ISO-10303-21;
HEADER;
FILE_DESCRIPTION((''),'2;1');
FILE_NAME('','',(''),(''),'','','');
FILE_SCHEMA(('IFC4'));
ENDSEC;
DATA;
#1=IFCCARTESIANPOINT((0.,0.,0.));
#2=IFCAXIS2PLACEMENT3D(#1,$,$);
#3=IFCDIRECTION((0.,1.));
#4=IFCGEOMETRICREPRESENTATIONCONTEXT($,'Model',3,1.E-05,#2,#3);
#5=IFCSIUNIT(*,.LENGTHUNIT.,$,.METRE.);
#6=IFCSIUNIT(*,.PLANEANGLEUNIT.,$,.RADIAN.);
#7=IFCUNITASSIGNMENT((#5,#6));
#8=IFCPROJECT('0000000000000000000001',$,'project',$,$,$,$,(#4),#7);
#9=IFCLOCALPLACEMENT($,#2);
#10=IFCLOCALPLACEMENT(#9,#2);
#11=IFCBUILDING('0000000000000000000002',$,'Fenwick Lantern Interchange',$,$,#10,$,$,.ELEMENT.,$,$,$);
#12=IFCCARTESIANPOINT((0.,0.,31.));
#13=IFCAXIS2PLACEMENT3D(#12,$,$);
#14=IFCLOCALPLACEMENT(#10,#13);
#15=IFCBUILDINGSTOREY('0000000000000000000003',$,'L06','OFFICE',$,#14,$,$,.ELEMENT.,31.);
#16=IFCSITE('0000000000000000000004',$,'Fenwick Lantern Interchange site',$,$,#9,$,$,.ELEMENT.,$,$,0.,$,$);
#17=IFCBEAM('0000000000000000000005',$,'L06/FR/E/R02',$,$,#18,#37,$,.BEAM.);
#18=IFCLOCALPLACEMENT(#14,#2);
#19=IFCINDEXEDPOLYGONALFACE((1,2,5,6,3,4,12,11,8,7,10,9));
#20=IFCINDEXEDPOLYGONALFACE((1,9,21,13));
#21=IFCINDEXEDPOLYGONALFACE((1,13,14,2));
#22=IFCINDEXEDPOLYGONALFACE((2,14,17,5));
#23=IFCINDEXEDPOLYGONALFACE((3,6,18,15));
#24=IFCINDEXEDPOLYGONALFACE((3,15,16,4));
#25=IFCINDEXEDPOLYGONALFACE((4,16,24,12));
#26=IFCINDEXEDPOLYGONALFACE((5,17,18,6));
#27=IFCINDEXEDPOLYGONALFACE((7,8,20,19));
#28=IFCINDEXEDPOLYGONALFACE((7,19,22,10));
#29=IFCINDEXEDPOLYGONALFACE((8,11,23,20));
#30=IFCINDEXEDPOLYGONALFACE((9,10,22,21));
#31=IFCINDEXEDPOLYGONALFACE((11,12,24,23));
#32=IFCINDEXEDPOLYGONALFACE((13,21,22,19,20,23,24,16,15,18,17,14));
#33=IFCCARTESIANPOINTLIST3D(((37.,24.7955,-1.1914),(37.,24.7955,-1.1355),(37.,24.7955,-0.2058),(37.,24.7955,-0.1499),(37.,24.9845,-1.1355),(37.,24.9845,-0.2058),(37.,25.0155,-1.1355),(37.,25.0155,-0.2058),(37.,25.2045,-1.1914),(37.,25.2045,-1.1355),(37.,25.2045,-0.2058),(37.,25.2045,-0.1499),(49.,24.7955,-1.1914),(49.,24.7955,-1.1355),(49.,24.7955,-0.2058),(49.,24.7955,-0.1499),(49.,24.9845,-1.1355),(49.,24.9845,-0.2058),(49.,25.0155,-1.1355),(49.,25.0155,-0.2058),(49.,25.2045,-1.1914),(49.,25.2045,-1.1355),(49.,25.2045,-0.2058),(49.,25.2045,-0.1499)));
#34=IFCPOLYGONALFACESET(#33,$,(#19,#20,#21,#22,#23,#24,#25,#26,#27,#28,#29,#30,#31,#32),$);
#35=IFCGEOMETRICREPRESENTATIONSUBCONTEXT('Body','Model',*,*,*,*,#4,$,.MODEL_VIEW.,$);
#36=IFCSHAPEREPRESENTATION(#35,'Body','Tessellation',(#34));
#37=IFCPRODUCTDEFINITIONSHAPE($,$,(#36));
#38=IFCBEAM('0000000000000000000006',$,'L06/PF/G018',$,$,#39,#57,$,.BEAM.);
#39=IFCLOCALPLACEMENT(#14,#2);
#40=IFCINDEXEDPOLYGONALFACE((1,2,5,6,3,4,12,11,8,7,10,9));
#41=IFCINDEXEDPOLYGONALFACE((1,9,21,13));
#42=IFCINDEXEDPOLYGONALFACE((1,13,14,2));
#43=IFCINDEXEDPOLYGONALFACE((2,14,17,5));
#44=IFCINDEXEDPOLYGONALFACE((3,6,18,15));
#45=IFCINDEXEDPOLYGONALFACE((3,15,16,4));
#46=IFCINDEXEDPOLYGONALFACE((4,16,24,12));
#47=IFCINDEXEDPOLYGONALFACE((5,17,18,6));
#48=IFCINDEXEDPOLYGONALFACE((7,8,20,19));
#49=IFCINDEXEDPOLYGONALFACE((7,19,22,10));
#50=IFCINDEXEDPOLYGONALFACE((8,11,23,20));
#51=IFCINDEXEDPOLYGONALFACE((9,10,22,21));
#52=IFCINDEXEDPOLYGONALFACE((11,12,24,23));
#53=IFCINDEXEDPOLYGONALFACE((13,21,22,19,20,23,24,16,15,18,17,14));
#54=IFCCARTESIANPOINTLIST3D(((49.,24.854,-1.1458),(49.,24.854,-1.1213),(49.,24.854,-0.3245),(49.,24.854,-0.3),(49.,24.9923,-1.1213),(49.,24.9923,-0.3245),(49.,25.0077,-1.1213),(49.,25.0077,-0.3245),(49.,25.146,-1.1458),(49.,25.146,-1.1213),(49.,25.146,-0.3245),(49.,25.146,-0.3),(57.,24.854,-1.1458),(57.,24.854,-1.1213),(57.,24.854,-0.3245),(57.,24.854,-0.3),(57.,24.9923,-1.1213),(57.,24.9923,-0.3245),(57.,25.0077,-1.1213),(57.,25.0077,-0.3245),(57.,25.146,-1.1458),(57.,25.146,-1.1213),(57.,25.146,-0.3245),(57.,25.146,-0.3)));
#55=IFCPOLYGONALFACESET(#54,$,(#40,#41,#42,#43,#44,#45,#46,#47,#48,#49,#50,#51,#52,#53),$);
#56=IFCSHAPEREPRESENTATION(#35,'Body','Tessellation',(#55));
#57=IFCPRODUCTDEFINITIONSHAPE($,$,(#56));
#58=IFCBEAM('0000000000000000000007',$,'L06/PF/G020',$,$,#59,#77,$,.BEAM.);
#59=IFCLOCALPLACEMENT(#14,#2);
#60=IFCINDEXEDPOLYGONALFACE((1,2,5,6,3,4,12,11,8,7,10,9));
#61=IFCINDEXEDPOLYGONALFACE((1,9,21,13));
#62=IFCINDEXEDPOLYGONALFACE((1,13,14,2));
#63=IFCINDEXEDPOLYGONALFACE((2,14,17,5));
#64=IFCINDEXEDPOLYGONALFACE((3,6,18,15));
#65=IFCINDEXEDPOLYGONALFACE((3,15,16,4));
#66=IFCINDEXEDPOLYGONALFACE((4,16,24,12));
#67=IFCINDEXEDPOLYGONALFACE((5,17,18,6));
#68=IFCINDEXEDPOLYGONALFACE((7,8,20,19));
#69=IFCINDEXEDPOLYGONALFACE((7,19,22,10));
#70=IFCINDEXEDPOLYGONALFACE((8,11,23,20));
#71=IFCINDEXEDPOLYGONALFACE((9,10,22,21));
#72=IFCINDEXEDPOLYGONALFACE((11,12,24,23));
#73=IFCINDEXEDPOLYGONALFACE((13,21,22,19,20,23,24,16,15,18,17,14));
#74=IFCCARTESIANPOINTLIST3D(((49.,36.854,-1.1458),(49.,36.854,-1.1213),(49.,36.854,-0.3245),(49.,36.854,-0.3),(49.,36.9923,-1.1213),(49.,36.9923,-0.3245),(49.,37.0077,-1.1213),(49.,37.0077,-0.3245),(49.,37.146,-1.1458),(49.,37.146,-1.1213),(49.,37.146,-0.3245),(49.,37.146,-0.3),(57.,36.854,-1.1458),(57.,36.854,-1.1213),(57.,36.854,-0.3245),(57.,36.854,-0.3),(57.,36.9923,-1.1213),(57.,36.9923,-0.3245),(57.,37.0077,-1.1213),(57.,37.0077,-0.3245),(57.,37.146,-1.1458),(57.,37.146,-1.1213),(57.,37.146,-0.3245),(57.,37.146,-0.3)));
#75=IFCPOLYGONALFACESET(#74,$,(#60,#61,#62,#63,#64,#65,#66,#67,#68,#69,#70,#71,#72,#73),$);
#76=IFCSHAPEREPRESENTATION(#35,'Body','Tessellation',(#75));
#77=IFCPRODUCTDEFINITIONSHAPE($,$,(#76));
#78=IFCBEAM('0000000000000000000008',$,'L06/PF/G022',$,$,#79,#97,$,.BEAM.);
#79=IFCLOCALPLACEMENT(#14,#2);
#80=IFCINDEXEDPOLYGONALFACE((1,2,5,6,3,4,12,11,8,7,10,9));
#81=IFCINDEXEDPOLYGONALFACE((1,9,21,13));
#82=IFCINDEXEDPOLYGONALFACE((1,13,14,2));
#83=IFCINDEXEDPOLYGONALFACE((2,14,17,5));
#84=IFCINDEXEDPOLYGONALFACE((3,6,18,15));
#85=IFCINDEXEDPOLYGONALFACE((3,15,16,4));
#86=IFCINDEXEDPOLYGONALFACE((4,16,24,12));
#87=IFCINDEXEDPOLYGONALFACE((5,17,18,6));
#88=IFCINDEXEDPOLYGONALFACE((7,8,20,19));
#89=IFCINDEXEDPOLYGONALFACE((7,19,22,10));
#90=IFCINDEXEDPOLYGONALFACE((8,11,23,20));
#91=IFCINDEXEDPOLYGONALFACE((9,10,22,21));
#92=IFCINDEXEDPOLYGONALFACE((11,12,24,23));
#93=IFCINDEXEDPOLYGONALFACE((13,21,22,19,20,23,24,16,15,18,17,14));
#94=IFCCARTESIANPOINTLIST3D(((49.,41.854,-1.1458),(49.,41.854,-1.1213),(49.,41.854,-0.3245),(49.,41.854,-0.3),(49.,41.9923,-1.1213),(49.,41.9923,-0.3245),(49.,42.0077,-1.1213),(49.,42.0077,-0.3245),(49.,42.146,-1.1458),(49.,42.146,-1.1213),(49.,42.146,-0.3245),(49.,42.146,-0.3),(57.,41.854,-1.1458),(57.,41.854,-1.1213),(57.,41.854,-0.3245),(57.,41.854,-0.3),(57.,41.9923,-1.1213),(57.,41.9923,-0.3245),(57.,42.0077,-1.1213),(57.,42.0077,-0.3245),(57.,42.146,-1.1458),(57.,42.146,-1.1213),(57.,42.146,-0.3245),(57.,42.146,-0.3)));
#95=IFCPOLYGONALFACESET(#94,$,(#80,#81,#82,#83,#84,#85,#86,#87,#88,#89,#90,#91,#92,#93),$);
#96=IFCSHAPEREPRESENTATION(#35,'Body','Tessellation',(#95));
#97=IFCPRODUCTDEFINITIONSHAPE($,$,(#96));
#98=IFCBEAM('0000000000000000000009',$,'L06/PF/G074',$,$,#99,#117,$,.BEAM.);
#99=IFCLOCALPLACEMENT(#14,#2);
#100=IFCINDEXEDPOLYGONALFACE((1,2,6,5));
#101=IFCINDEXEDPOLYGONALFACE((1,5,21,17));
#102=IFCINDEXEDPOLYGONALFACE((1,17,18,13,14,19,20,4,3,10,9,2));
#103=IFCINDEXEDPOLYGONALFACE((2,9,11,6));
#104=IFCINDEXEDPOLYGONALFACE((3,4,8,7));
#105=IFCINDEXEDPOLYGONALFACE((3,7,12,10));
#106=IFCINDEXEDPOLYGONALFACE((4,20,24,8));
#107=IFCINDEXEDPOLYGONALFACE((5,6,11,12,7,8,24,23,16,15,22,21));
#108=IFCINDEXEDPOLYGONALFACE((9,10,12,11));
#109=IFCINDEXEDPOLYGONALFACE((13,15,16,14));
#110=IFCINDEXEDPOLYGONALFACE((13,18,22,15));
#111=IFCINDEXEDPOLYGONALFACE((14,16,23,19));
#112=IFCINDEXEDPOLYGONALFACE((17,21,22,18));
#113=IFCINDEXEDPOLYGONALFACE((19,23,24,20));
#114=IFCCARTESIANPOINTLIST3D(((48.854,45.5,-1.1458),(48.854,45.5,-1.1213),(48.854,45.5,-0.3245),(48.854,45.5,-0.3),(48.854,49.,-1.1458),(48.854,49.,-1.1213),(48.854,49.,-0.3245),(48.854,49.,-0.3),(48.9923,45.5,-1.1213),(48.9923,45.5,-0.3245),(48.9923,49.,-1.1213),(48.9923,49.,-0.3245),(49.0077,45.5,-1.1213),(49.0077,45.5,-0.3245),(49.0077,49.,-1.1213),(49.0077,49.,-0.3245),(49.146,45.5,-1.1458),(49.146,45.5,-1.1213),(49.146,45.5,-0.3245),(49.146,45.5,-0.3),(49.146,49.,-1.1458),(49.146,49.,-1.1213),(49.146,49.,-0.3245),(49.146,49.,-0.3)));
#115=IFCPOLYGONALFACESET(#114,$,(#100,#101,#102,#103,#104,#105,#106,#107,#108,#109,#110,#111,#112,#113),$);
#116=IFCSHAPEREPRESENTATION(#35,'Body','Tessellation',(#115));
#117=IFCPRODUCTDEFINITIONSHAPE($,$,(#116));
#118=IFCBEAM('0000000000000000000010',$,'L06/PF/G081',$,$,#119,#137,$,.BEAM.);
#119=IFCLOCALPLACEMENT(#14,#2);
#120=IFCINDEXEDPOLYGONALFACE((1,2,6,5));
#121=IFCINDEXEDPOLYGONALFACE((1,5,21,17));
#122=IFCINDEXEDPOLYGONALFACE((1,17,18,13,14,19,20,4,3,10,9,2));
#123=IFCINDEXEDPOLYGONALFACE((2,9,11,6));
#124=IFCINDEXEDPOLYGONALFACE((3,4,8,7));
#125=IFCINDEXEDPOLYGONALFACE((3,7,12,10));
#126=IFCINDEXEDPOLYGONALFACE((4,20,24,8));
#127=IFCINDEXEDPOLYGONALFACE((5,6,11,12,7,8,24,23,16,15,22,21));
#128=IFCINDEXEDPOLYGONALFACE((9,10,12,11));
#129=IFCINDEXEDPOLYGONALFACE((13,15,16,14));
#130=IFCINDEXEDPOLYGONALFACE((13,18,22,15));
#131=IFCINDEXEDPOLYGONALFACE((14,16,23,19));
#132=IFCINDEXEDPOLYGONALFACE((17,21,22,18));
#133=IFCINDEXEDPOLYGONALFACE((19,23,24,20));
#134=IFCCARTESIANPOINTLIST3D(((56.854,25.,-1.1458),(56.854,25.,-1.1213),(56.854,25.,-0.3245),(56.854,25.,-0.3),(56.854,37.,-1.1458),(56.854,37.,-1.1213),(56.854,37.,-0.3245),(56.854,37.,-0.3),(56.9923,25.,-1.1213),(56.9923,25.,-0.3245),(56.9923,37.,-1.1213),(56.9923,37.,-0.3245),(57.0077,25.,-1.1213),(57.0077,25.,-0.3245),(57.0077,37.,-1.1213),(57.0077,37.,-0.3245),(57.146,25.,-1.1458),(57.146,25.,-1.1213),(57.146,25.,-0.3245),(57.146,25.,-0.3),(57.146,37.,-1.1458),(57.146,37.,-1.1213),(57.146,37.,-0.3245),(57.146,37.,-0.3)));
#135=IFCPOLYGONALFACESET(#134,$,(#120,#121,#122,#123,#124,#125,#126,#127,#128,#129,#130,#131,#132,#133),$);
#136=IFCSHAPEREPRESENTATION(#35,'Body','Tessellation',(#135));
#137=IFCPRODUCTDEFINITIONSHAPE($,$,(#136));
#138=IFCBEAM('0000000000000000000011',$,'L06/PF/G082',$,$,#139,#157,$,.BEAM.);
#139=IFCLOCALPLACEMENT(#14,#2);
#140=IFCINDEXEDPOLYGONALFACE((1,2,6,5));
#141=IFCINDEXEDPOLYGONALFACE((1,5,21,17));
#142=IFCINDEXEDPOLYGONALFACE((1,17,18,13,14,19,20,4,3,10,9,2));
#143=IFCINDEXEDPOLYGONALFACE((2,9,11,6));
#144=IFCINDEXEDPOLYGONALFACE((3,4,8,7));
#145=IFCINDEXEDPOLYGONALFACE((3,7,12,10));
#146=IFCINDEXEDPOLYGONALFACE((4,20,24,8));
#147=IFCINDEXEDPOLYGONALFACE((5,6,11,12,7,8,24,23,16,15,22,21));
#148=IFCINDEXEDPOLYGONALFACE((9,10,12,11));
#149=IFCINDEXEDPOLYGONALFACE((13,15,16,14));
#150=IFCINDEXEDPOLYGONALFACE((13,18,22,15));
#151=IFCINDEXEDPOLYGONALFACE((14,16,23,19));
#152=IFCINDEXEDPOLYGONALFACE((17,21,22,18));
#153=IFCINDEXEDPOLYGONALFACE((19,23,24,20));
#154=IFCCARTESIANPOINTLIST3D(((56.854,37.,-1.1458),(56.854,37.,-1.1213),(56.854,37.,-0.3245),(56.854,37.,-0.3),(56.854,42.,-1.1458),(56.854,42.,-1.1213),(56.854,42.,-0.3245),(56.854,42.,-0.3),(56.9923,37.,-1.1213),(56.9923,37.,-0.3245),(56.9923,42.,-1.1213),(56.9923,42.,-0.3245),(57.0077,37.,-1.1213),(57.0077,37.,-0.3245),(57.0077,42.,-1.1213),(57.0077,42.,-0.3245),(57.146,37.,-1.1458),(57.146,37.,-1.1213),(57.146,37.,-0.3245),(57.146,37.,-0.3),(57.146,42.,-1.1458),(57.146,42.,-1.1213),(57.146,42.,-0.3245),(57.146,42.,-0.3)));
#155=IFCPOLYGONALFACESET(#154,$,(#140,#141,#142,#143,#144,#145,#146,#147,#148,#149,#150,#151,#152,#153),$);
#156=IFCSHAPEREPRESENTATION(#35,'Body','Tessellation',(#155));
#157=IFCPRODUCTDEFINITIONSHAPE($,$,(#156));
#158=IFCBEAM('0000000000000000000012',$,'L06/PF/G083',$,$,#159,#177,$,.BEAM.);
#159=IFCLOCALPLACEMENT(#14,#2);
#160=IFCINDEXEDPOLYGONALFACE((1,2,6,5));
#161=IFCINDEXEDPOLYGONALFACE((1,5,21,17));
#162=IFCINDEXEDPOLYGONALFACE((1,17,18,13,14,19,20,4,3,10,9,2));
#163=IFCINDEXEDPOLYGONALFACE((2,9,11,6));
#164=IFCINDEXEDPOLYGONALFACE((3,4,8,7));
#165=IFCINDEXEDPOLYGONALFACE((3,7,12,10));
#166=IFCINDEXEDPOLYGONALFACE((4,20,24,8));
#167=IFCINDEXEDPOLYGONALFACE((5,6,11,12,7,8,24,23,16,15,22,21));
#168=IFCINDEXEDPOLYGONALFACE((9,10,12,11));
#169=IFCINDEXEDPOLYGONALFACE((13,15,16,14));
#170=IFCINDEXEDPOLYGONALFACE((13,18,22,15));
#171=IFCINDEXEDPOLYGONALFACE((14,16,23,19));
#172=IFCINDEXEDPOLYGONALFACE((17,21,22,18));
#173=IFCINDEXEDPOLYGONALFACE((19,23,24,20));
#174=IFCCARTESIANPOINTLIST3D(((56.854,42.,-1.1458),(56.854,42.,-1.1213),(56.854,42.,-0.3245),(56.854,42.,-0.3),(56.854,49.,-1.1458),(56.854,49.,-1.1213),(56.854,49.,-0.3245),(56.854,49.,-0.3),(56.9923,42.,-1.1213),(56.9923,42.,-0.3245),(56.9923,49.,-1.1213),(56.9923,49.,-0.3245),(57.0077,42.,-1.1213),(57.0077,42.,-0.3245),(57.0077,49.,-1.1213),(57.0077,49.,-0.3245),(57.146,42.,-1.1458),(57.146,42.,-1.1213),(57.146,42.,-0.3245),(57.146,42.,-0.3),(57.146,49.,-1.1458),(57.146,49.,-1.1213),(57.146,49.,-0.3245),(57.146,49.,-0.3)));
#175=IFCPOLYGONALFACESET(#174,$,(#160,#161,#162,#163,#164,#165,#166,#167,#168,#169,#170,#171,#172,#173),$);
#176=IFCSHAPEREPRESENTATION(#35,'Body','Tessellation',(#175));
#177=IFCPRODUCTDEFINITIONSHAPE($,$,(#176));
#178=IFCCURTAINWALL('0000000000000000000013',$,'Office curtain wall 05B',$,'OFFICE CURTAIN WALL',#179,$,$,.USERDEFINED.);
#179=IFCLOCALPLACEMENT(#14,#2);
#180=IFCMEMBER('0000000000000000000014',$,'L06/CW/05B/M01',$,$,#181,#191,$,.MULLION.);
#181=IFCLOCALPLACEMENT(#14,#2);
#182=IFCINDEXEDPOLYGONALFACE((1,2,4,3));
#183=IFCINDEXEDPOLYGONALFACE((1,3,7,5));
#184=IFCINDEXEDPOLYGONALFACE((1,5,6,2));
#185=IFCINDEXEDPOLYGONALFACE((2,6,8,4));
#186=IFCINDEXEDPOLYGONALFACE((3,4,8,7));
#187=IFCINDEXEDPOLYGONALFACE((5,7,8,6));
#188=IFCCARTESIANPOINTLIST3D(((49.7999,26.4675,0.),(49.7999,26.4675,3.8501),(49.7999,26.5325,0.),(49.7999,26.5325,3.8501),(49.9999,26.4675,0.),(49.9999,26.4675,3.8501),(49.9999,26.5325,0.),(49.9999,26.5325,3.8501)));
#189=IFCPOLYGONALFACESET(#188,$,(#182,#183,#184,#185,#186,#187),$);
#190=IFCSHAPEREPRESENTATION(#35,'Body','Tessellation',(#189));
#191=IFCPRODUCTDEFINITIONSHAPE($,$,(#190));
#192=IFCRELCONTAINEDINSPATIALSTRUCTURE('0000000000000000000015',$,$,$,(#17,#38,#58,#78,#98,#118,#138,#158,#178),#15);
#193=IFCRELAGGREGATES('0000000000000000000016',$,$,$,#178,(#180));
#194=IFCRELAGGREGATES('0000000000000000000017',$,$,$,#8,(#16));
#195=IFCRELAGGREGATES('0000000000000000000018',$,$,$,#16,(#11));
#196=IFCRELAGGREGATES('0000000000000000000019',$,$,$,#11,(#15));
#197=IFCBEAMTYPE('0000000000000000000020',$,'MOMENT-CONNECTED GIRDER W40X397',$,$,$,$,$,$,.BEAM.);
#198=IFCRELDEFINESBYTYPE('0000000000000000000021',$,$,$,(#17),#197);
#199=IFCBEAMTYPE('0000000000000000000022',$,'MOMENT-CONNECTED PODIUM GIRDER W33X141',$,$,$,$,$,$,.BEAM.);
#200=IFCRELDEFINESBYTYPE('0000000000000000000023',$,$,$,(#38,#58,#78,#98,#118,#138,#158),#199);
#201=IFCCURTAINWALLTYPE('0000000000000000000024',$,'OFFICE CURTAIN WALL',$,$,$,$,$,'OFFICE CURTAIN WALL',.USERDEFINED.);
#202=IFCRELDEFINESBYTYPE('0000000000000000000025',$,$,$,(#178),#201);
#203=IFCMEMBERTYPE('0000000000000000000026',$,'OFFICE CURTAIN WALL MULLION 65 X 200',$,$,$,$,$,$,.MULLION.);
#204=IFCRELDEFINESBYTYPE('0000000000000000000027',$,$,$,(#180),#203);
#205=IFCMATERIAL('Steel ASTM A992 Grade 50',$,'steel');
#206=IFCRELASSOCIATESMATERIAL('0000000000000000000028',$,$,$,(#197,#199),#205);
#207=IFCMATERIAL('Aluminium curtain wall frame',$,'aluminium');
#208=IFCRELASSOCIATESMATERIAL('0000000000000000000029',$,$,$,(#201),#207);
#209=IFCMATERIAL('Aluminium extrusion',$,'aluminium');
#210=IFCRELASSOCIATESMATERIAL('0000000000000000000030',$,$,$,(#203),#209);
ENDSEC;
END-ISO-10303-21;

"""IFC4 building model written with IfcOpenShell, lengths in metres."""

from ifc_helpers import new_model, si_unit, direction, frame, origin, origin_2d, place, context, subcontext, project, spatial, rectangle, i_section, extrude, material, material_profile, profile_set, type_object, element, aggregate, save


model = new_model("IFC4")

# Units and contexts
model_context = context("Model", 3, precision=1e-05, world=origin(), true_north=direction((0.0, 1.0)))
body_context = subcontext(model_context, "Body", "Model", "MODEL_VIEW")
ifc_project = project(units=[si_unit("LENGTHUNIT", "METRE"), si_unit("PLANEANGLEUNIT", "RADIAN")], contexts=[model_context])

# Site, building, storey
site_placement = place(None, origin())
site = spatial("IfcSite", under=ifc_project, at=site_placement, Name="Fenwick Lantern Interchange site", CompositionType="ELEMENT", RefElevation=0.0)
building_placement = place(site_placement, origin())
building = spatial("IfcBuilding", under=site, at=building_placement, Name="Fenwick Lantern Interchange", CompositionType="ELEMENT")
storey_placement = place(building_placement, frame((0.0, 0.0, 31.0)))
storey = spatial("IfcBuildingStorey", under=building, at=storey_placement, Name="L06", Description="OFFICE", CompositionType="ELEMENT", Elevation=31.0)

# Shared definitions
ifc_material_1 = material(Name="Steel ASTM A992 Grade 50", Category="steel")

# Beams
ifc_material_profile_1 = material_profile(ifc_material_1, i_section(OverallWidth=0.4089, OverallDepth=1.0415, WebThickness=0.031, FlangeThickness=0.0559, at=origin_2d()), Name="W40X397")
ifc_profile_set_1 = profile_set([ifc_material_profile_1], Name="Steel ASTM A992 Grade 50")
beam_type_1 = type_object("IfcBeamType", Name="MOMENT-CONNECTED GIRDER W40X397", PredefinedType="BEAM", material=ifc_profile_set_1)
beam_1_placement = place(storey_placement, frame((49.0, 25.0, -0.6707), z_axis=(-1.0, 0.0, 0.0), x_axis=(0.0, -1.0, 0.0)))
element("IfcBeam", 1, at=beam_1_placement, inside=storey, type_object=beam_type_1, Name="L06/FR/E/R02", PredefinedType="BEAM", context=body_context, shape_type="SweptSolid", body=[
    extrude(i_section(OverallWidth=0.4089, OverallDepth=1.0415, WebThickness=0.031, FlangeThickness=0.0559, at=origin_2d()), origin(), (0.0, 0.0, 1.0), 12.0),
])
ifc_material_profile_2 = material_profile(ifc_material_1, i_section(OverallWidth=0.292, OverallDepth=0.8457, WebThickness=0.0154, FlangeThickness=0.0244, at=origin_2d()), Name="W33X141")
ifc_profile_set_2 = profile_set([ifc_material_profile_2], Name="Steel ASTM A992 Grade 50")
beam_type_2 = type_object("IfcBeamType", Name="MOMENT-CONNECTED PODIUM GIRDER W33X141", PredefinedType="BEAM", material=ifc_profile_set_2)
for number, where, z_axis, x_axis, name in (
    (2, (49.0, 25.0, -0.7229), (1.0, 0.0, 0.0), (0.0, 1.0, 0.0), "L06/PF/G018"),
    (3, (49.0, 37.0, -0.7229), (1.0, 0.0, 0.0), (0.0, 1.0, 0.0), "L06/PF/G020"),
    (4, (49.0, 42.0, -0.7229), (1.0, 0.0, 0.0), (0.0, 1.0, 0.0), "L06/PF/G022"),
):
    element("IfcBeam", number, at=place(storey_placement, frame(where, z_axis=z_axis, x_axis=x_axis)), inside=storey, type_object=beam_type_2, Name=name, PredefinedType="BEAM", context=body_context, shape_type="SweptSolid", body=[
        extrude(i_section(OverallWidth=0.292, OverallDepth=0.8457, WebThickness=0.0154, FlangeThickness=0.0244, at=origin_2d()), origin(), (0.0, 0.0, 1.0), 8.0),
    ])
beam_2_placement = place(storey_placement, frame((49.0, 45.5, -0.7229), z_axis=(0.0, 1.0, 0.0), x_axis=(-1.0, 0.0, 0.0)))
element("IfcBeam", 5, at=beam_2_placement, inside=storey, type_object=beam_type_2, Name="L06/PF/G074", PredefinedType="BEAM", context=body_context, shape_type="SweptSolid", body=[
    extrude(i_section(OverallWidth=0.292, OverallDepth=0.8457, WebThickness=0.0154, FlangeThickness=0.0244, at=origin_2d()), origin(), (0.0, 0.0, 1.0), 3.5),
])
beam_3_placement = place(storey_placement, frame((57.0, 25.0, -0.7229), z_axis=(0.0, 1.0, 0.0), x_axis=(-1.0, 0.0, 0.0)))
element("IfcBeam", 6, at=beam_3_placement, inside=storey, type_object=beam_type_2, Name="L06/PF/G081", PredefinedType="BEAM", context=body_context, shape_type="SweptSolid", body=[
    extrude(i_section(OverallWidth=0.292, OverallDepth=0.8457, WebThickness=0.0154, FlangeThickness=0.0244, at=origin_2d()), origin(), (0.0, 0.0, 1.0), 12.0),
])
beam_4_placement = place(storey_placement, frame((57.0, 37.0, -0.7229), z_axis=(0.0, 1.0, 0.0), x_axis=(-1.0, 0.0, 0.0)))
element("IfcBeam", 7, at=beam_4_placement, inside=storey, type_object=beam_type_2, Name="L06/PF/G082", PredefinedType="BEAM", context=body_context, shape_type="SweptSolid", body=[
    extrude(i_section(OverallWidth=0.292, OverallDepth=0.8457, WebThickness=0.0154, FlangeThickness=0.0244, at=origin_2d()), origin(), (0.0, 0.0, 1.0), 5.0),
])
beam_5_placement = place(storey_placement, frame((57.0, 42.0, -0.7229), z_axis=(0.0, 1.0, 0.0), x_axis=(-1.0, 0.0, 0.0)))
element("IfcBeam", 8, at=beam_5_placement, inside=storey, type_object=beam_type_2, Name="L06/PF/G083", PredefinedType="BEAM", context=body_context, shape_type="SweptSolid", body=[
    extrude(i_section(OverallWidth=0.292, OverallDepth=0.8457, WebThickness=0.0154, FlangeThickness=0.0244, at=origin_2d()), origin(), (0.0, 0.0, 1.0), 7.0),
])

# Curtain wall, member
ifc_material_2 = material(Name="Aluminium curtain wall frame", Category="aluminium")
curtain_wall_type = type_object("IfcCurtainWallType", Name="OFFICE CURTAIN WALL", ElementType="OFFICE CURTAIN WALL", PredefinedType="USERDEFINED", material=ifc_material_2)
curtain_wall_1_placement = place(storey_placement, origin())
curtain_wall_1 = element("IfcCurtainWall", 9, at=curtain_wall_1_placement, inside=storey, type_object=curtain_wall_type, Name="Office curtain wall 05B", ObjectType="OFFICE CURTAIN WALL", PredefinedType="USERDEFINED")
ifc_material_3 = material(Name="Aluminium extrusion", Category="aluminium")
ifc_material_profile_3 = material_profile(ifc_material_3, rectangle(XDim=0.2, YDim=0.0649, at=origin_2d()), Name="OFFICE CURTAIN WALL MULLION 65 X 200")
ifc_profile_set_3 = profile_set([ifc_material_profile_3], Name="Aluminium extrusion")
member_type_1 = type_object("IfcMemberType", Name="OFFICE CURTAIN WALL MULLION 65 X 200", PredefinedType="MULLION", material=ifc_profile_set_3)
member_1_placement = place(storey_placement, frame((49.8999, 26.5, 0.0), z_axis=(0.0, 0.0, 1.0), x_axis=(-1.0, 0.0, 0.0)))
member_1 = element("IfcMember", 10, at=member_1_placement, type_object=member_type_1, Name="L06/CW/05B/M01", PredefinedType="MULLION", context=body_context, shape_type="SweptSolid", body=[
    extrude(rectangle(XDim=0.2, YDim=0.0649, at=origin_2d()), origin(), (0.0, 0.0, 1.0), 3.8501),
])

aggregate(curtain_wall_1, [member_1])

save(model, "model.ifc")
